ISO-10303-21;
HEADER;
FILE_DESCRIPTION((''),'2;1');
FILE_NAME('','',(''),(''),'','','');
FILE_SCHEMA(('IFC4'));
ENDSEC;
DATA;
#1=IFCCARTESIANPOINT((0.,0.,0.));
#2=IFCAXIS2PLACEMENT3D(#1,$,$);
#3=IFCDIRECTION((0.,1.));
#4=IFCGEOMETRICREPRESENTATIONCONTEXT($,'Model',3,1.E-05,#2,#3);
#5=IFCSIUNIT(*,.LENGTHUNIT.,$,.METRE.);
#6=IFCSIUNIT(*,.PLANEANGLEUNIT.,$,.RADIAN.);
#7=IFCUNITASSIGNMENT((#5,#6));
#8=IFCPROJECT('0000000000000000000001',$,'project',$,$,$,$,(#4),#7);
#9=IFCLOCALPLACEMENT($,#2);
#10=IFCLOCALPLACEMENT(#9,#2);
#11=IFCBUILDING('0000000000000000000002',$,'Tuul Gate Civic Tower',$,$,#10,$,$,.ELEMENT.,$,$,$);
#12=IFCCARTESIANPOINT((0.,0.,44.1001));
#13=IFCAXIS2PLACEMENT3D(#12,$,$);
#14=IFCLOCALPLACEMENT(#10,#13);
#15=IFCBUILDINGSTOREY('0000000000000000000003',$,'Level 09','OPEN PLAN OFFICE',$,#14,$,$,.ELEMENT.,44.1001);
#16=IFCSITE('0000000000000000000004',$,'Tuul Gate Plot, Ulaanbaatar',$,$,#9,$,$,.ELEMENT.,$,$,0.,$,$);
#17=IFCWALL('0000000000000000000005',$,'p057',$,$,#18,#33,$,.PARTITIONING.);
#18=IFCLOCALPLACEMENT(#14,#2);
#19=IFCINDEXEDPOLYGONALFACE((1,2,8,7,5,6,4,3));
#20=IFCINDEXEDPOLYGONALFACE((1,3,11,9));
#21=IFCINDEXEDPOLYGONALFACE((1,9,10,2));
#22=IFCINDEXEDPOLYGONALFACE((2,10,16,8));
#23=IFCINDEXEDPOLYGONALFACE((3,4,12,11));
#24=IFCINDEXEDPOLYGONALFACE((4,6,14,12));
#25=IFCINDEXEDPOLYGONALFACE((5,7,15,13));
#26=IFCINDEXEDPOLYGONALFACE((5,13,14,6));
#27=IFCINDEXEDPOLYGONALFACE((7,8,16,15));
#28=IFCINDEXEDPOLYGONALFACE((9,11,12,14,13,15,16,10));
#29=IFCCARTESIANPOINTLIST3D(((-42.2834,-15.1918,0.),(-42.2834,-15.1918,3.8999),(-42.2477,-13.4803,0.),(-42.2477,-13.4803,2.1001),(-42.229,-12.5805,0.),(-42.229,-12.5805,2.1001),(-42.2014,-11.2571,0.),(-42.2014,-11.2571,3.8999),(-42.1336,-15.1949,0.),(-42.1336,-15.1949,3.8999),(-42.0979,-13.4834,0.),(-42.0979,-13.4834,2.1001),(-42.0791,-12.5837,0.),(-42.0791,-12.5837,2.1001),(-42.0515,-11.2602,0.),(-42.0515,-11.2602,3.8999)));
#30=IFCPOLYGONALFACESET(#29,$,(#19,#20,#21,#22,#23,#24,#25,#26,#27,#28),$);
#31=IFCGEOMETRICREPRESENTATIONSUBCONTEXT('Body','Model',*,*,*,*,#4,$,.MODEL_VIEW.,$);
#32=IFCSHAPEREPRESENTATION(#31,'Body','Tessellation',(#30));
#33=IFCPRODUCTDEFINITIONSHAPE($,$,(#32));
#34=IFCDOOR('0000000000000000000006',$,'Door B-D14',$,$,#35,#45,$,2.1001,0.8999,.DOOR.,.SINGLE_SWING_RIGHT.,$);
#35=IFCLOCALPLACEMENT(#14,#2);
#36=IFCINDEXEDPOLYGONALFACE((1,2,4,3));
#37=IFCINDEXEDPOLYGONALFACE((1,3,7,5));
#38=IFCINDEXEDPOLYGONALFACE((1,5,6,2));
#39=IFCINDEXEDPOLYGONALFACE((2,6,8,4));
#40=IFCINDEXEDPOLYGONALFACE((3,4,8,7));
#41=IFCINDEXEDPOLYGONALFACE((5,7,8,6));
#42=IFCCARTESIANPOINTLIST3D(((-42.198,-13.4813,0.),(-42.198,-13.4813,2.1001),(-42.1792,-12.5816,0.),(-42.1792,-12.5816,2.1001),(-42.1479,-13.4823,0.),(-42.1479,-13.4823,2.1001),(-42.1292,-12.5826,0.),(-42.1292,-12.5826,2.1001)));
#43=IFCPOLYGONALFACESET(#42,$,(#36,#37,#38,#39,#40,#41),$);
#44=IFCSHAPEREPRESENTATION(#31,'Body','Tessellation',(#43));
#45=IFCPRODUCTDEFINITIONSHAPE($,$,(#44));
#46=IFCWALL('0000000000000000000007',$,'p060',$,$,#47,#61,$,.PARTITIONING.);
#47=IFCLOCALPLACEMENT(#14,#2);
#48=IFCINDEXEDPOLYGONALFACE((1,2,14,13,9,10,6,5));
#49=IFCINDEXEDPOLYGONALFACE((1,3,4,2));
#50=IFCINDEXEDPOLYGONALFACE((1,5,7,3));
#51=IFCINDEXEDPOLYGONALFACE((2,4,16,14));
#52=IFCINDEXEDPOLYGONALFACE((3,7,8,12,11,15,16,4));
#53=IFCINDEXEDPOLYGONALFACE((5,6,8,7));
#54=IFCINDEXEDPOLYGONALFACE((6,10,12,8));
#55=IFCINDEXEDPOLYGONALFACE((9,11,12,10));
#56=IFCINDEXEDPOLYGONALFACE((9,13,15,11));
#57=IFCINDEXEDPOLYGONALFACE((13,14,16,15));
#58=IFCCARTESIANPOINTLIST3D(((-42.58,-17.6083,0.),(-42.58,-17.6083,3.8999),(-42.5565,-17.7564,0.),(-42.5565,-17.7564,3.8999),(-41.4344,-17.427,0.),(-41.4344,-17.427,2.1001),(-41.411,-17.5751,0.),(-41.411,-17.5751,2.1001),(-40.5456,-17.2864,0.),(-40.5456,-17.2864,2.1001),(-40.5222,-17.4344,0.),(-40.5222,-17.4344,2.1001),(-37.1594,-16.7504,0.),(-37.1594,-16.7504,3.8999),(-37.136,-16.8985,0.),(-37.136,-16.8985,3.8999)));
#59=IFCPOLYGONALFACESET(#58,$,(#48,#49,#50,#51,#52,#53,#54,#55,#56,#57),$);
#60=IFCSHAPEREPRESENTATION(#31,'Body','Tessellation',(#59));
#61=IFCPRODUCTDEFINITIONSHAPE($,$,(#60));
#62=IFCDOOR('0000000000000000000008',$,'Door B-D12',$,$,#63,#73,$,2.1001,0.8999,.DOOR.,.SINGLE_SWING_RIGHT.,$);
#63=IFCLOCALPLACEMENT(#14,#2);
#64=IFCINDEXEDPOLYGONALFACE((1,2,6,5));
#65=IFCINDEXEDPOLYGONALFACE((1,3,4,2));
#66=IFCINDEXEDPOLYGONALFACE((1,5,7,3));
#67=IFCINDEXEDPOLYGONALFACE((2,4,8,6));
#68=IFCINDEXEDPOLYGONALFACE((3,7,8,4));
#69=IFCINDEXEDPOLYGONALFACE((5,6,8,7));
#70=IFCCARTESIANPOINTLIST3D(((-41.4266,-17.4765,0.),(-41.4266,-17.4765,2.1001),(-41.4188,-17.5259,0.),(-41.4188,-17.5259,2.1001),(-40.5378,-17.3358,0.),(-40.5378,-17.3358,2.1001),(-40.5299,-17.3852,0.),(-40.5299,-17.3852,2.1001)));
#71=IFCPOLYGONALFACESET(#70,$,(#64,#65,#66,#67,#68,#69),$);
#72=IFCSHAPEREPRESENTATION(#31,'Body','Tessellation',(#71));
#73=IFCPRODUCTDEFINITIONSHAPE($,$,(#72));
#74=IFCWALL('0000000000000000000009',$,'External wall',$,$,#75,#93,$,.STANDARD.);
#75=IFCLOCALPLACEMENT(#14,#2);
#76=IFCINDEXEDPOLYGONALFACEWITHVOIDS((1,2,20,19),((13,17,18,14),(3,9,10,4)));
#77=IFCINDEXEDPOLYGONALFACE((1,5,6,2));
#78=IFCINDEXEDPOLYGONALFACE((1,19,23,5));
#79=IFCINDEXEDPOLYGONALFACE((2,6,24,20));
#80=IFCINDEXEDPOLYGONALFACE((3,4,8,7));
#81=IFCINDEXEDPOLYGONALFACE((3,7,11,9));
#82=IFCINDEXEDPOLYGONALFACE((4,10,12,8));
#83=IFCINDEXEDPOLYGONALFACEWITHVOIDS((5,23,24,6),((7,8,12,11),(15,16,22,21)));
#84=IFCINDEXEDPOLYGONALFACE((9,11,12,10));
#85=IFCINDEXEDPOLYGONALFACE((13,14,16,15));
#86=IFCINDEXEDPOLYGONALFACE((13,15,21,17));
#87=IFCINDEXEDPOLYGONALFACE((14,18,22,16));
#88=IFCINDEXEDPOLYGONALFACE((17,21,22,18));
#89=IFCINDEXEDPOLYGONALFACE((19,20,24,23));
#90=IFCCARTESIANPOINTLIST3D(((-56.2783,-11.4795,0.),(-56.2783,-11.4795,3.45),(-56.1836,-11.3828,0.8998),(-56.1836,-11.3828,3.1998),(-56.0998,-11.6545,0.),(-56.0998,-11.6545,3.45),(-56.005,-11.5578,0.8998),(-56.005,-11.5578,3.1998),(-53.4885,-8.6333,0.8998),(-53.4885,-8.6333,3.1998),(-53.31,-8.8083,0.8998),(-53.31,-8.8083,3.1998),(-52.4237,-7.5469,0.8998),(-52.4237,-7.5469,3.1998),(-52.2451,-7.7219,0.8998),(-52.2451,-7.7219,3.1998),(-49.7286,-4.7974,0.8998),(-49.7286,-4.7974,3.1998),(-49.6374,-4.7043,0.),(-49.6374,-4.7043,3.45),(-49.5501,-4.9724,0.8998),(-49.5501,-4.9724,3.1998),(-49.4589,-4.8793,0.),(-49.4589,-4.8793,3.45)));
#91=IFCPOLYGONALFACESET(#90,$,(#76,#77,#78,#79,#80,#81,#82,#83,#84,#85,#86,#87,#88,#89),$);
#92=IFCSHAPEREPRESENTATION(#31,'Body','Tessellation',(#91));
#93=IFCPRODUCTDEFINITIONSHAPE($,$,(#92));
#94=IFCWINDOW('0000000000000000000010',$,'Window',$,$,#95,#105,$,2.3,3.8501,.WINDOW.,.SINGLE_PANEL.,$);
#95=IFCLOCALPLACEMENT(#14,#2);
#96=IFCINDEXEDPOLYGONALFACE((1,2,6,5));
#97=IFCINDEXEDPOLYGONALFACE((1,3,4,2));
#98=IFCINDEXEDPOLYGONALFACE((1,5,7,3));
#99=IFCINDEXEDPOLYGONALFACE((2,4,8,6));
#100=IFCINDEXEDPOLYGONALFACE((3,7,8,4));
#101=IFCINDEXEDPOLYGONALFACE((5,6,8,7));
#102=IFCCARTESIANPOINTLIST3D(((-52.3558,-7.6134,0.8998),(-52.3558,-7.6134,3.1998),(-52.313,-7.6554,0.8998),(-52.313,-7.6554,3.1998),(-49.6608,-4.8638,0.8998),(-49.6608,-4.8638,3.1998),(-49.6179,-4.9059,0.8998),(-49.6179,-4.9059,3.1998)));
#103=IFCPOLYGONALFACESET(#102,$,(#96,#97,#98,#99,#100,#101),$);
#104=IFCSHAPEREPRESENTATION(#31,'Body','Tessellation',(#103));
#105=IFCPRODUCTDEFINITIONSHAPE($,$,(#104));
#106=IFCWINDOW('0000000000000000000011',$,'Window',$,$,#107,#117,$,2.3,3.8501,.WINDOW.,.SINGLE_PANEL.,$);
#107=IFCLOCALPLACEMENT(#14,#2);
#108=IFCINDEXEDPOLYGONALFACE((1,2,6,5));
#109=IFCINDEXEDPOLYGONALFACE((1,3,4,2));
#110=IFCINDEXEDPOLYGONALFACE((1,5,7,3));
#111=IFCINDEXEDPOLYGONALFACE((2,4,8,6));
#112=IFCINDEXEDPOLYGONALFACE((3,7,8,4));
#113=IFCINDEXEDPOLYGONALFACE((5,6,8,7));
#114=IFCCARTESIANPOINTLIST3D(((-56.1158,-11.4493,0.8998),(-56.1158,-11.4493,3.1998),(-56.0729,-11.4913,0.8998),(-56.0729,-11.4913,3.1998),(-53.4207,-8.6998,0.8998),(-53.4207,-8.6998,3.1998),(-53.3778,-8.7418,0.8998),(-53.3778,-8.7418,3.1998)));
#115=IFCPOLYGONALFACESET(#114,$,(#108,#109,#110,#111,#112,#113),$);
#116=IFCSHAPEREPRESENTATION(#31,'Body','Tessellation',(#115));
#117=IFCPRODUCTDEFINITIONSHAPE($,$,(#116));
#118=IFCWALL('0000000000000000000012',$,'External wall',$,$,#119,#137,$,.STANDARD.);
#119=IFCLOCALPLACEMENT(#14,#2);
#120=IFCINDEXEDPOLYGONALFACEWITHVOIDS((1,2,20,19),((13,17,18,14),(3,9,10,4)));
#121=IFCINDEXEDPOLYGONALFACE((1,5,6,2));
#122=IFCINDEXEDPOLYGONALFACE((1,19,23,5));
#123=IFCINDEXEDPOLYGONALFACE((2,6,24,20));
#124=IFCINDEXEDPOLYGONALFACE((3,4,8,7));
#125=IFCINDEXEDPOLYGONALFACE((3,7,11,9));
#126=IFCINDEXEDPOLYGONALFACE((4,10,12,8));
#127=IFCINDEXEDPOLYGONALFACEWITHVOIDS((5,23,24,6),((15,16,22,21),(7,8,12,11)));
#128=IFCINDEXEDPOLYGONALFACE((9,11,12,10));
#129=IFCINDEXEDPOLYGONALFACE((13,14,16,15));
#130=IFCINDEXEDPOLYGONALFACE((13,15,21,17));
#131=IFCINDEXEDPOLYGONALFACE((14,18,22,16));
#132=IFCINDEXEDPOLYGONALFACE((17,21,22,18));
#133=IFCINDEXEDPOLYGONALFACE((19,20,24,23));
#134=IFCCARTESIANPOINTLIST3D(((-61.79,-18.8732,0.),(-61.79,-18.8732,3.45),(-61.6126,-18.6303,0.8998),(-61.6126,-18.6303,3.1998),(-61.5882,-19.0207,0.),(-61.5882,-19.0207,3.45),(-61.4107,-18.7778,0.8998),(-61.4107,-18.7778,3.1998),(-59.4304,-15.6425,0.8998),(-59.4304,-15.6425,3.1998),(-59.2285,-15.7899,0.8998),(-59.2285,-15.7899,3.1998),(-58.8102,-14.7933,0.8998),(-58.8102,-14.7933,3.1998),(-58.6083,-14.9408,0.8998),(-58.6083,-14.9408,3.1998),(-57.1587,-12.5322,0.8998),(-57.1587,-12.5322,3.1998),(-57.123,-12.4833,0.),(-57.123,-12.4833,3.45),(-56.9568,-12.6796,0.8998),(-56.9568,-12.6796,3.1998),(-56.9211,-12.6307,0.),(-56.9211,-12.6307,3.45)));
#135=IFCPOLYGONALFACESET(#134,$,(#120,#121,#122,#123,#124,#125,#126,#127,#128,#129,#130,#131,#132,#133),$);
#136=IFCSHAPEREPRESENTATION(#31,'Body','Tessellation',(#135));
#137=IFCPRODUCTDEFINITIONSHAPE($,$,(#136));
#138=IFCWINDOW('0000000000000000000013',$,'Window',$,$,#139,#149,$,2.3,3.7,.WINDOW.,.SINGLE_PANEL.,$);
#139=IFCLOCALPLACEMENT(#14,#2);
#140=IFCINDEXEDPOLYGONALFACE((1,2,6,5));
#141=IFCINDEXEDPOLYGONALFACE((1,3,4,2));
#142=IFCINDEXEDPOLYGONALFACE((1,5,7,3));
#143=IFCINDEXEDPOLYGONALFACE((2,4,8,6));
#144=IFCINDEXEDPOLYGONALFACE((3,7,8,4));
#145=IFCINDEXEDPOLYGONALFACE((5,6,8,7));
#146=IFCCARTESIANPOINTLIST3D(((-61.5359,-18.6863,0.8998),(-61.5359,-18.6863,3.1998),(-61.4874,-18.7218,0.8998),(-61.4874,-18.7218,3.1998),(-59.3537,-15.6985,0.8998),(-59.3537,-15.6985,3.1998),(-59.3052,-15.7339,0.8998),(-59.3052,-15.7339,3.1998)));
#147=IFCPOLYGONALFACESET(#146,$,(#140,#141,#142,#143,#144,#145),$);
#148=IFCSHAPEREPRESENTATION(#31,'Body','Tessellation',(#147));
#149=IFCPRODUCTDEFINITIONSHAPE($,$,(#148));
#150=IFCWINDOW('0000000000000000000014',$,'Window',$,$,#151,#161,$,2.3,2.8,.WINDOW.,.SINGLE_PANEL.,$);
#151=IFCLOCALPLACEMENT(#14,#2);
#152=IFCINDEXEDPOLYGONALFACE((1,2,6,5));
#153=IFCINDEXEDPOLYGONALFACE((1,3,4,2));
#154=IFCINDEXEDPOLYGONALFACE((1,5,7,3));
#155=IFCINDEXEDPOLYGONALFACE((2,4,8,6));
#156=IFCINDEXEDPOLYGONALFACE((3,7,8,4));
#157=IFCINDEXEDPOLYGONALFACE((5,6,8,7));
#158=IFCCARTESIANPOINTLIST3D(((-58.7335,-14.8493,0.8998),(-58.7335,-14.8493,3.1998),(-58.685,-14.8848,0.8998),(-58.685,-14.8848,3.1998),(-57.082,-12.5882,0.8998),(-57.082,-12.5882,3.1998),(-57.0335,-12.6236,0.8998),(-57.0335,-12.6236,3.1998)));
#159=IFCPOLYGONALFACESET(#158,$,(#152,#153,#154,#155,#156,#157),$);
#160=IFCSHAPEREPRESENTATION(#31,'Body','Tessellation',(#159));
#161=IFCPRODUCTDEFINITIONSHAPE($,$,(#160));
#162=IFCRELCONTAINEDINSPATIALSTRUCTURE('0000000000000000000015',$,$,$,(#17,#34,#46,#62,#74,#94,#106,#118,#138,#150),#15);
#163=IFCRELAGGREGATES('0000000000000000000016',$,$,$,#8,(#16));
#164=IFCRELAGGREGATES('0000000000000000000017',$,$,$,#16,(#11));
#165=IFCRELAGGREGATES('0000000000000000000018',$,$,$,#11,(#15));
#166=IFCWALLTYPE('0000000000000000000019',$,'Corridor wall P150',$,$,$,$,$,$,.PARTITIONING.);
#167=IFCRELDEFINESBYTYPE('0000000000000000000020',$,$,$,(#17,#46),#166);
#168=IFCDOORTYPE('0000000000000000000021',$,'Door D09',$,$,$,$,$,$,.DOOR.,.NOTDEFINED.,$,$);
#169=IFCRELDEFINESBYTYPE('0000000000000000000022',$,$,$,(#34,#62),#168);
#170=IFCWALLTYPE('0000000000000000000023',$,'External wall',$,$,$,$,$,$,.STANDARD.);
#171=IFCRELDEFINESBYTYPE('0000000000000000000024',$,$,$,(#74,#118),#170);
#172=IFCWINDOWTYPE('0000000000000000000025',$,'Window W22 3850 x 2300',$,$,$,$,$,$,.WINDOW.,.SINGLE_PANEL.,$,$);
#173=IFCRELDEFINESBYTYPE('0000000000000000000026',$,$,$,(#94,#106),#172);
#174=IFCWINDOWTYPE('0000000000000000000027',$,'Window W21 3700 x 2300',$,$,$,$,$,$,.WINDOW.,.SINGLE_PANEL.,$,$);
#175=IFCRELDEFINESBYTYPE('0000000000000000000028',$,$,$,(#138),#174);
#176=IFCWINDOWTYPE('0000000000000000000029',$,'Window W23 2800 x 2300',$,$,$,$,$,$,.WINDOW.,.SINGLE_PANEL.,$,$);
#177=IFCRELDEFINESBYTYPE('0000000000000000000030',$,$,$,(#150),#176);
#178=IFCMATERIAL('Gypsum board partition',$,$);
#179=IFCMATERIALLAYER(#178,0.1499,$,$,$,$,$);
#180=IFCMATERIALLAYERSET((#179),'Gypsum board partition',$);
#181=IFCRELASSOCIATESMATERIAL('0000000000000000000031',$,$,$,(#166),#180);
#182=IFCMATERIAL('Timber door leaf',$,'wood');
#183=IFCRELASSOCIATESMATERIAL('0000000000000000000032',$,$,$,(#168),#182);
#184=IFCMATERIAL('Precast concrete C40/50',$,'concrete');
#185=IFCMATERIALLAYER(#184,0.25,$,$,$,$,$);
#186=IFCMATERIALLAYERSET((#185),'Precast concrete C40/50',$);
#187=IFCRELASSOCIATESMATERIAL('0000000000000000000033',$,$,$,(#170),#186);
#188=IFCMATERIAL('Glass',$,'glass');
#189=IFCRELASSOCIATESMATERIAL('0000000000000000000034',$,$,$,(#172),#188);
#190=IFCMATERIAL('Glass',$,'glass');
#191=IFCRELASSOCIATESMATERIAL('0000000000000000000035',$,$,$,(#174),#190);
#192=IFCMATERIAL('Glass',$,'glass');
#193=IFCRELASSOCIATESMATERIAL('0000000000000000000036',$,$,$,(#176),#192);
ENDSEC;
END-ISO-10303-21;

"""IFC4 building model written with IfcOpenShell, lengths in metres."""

from ifc_helpers import new_model, si_unit, direction, frame, frame_2d, origin, place, context, subcontext, project, spatial, rectangle, extrude, material, layer, layer_set, type_object, element, fill, save


model = new_model("IFC4")

# Units and contexts
model_context = context("Model", 3, precision=1e-05, world=origin(), true_north=direction((0.0, 1.0)))
body_context = subcontext(model_context, "Body", "Model", "MODEL_VIEW")
ifc_project = project(units=[si_unit("LENGTHUNIT", "METRE"), si_unit("PLANEANGLEUNIT", "RADIAN")], contexts=[model_context])

# Site, building, storey
site_placement = place(None, origin())
site = spatial("IfcSite", under=ifc_project, at=site_placement, Name="Tuul Gate Plot, Ulaanbaatar", CompositionType="ELEMENT", RefElevation=0.0)
building_placement = place(site_placement, origin())
building = spatial("IfcBuilding", under=site, at=building_placement, Name="Tuul Gate Civic Tower", CompositionType="ELEMENT")
storey_placement = place(building_placement, frame((0.0, 0.0, 44.1001)))
storey = spatial("IfcBuildingStorey", under=building, at=storey_placement, Name="Level 09", Description="OPEN PLAN OFFICE", CompositionType="ELEMENT", Elevation=44.1001)

# Shared definitions
ifc_material_1 = material(Name="Gypsum board partition")
ifc_layer_1 = layer(ifc_material_1, 0.1499)
ifc_layer_set_1 = layer_set([ifc_layer_1], Name="Gypsum board partition")
wall_type_1 = type_object("IfcWallType", Name="Corridor wall P150", PredefinedType="PARTITIONING", material=ifc_layer_set_1)

# Walls, openings, doors
wall_1_placement = place(storey_placement, frame((-42.2085, -15.1934, 0.0), z_axis=(0.0, 0.0, 1.0), x_axis=(0.020844, 0.999783, 0.0)))
wall_1 = element("IfcWall", 1, at=wall_1_placement, inside=storey, type_object=wall_type_1, Name="p057", PredefinedType="PARTITIONING", context=body_context, shape_type="SweptSolid", body=[
    extrude(rectangle(XDim=3.9355, YDim=0.1499, at=frame_2d((1.9678, 0.0))), origin(), (0.0, 0.0, 1.0), 3.8999),
])
opening_1_placement = place(wall_1_placement, frame((1.7119, 0.0, 0.0)))
opening_1 = element("IfcOpeningElement", 2, at=opening_1_placement, cuts=wall_1, PredefinedType="OPENING", context=body_context, shape_type="SweptSolid", body=[
    extrude(rectangle(XDim=0.8999, YDim=2.1001, at=frame_2d((0.45, 1.05))), frame((0.0, 0.085, 0.0), z_axis=(0.0, -1.0, 0.0), x_axis=(1.0, 0.0, 0.0)), (0.0, 0.0, 1.0), 0.1699),
])
ifc_material_2 = material(Name="Timber door leaf", Category="wood")
door_type_1 = type_object("IfcDoorType", Name="Door D09", OperationType="NOTDEFINED", PredefinedType="DOOR", material=ifc_material_2)
door_1_placement = place(opening_1_placement, frame((0.8999, 0.0, 0.0), z_axis=(0.0, 0.0, 1.0), x_axis=(-1.0, 0.0, 0.0)))
door_1 = element("IfcDoor", 3, at=door_1_placement, inside=storey, type_object=door_type_1, Name="Door B-D14", OperationType="SINGLE_SWING_RIGHT", OverallHeight=2.1001, OverallWidth=0.8999, PredefinedType="DOOR", context=body_context, shape_type="SweptSolid", body=[
    extrude(rectangle(XDim=0.8999, YDim=2.1001, at=frame_2d((0.45, 1.05))), frame((0.0, 0.0249, 0.0), z_axis=(0.0, -1.0, 0.0), x_axis=(1.0, 0.0, 0.0)), (0.0, 0.0, 1.0), 0.05),
])
fill(opening_1, door_1)
wall_2_placement = place(storey_placement, frame((-42.5684, -17.6824, 0.0), z_axis=(0.0, 0.0, 1.0), x_axis=(0.987706, 0.156321, 0.0)))
wall_2 = element("IfcWall", 4, at=wall_2_placement, inside=storey, type_object=wall_type_1, Name="p060", PredefinedType="PARTITIONING", context=body_context, shape_type="SweptSolid", body=[
    extrude(rectangle(XDim=5.488, YDim=0.1499, at=frame_2d((2.7441, 0.0))), origin(), (0.0, 0.0, 1.0), 3.8999),
])
opening_2_placement = place(wall_2_placement, frame((1.1599, 0.0, 0.0)))
opening_2 = element("IfcOpeningElement", 5, at=opening_2_placement, cuts=wall_2, PredefinedType="OPENING", context=body_context, shape_type="SweptSolid", body=[
    extrude(rectangle(XDim=0.8999, YDim=2.1001, at=frame_2d((0.45, 1.05))), frame((0.0, 0.085, 0.0), z_axis=(0.0, -1.0, 0.0), x_axis=(1.0, 0.0, 0.0)), (0.0, 0.0, 1.0), 0.1699),
])
door_2_placement = place(opening_2_placement, origin())
door_2 = element("IfcDoor", 6, at=door_2_placement, inside=storey, type_object=door_type_1, Name="Door B-D12", OperationType="SINGLE_SWING_RIGHT", OverallHeight=2.1001, OverallWidth=0.8999, PredefinedType="DOOR", context=body_context, shape_type="SweptSolid", body=[
    extrude(rectangle(XDim=0.8999, YDim=2.1001, at=frame_2d((0.45, 1.05))), frame((0.0, 0.0249, 0.0), z_axis=(0.0, -1.0, 0.0), x_axis=(1.0, 0.0, 0.0)), (0.0, 0.0, 1.0), 0.05),
])
fill(opening_2, door_2)

# Walls, openings, windows
ifc_material_3 = material(Name="Precast concrete C40/50", Category="concrete")
ifc_layer_2 = layer(ifc_material_3, 0.25)
ifc_layer_set_2 = layer_set([ifc_layer_2], Name="Precast concrete C40/50")
wall_type_2 = type_object("IfcWallType", Name="External wall", PredefinedType="STANDARD", material=ifc_layer_set_2)
wall_3_placement = place(storey_placement, frame((-49.5481, -4.7917, 0.0), z_axis=(0.0, 0.0, 1.0), x_axis=(-0.699994, -0.714148, 0.0)))
wall_3 = element("IfcWall", 7, at=wall_3_placement, inside=storey, type_object=wall_type_2, Name="External wall", PredefinedType="STANDARD", context=body_context, shape_type="SweptSolid", body=[
    extrude(rectangle(XDim=9.4871, YDim=0.25, at=frame_2d((4.7437, 0.0))), origin(), (0.0, 0.0, 1.0), 3.45),
])
opening_3_placement = place(wall_3_placement, frame((0.1304, 0.0, 0.8999)))
opening_3 = element("IfcOpeningElement", 8, at=opening_3_placement, cuts=wall_3, PredefinedType="OPENING", context=body_context, shape_type="SweptSolid", body=[
    extrude(rectangle(XDim=3.8501, YDim=2.3, at=frame_2d((1.925, 1.1499))), frame((0.0, 0.135, 0.0), z_axis=(0.0, -1.0, 0.0), x_axis=(1.0, 0.0, 0.0)), (0.0, 0.0, 1.0), 0.27),
])
opening_4_placement = place(wall_3_placement, frame((5.5017, 0.0, 0.8999)))
opening_4 = element("IfcOpeningElement", 9, at=opening_4_placement, cuts=wall_3, PredefinedType="OPENING", context=body_context, shape_type="SweptSolid", body=[
    extrude(rectangle(XDim=3.8501, YDim=2.3, at=frame_2d((1.925, 1.1499))), frame((0.0, 0.135, 0.0), z_axis=(0.0, -1.0, 0.0), x_axis=(1.0, 0.0, 0.0)), (0.0, 0.0, 1.0), 0.27),
])
ifc_material_4 = material(Name="Glass", Category="glass")
window_type_1 = type_object("IfcWindowType", Name="Window W22 3850 x 2300", PartitioningType="SINGLE_PANEL", PredefinedType="WINDOW", material=ifc_material_4)
window_1_placement = place(opening_3_placement, origin())
window_1 = element("IfcWindow", 10, at=window_1_placement, inside=storey, type_object=window_type_1, Name="Window", OverallHeight=2.3, OverallWidth=3.8501, PartitioningType="SINGLE_PANEL", PredefinedType="WINDOW", context=body_context, shape_type="SweptSolid", body=[
    extrude(rectangle(XDim=3.8501, YDim=2.3, at=frame_2d((1.925, 1.1499))), frame((0.0, 0.03, 0.0), z_axis=(0.0, -1.0, 0.0), x_axis=(1.0, 0.0, 0.0)), (0.0, 0.0, 1.0), 0.0601),
])
fill(opening_3, window_1)
window_2_placement = place(opening_4_placement, origin())
window_2 = element("IfcWindow", 11, at=window_2_placement, inside=storey, type_object=window_type_1, Name="Window", OverallHeight=2.3, OverallWidth=3.8501, PartitioningType="SINGLE_PANEL", PredefinedType="WINDOW", context=body_context, shape_type="SweptSolid", body=[
    extrude(rectangle(XDim=3.8501, YDim=2.3, at=frame_2d((1.925, 1.1499))), frame((0.0, 0.03, 0.0), z_axis=(0.0, -1.0, 0.0), x_axis=(1.0, 0.0, 0.0)), (0.0, 0.0, 1.0), 0.0601),
])
fill(opening_4, window_2)
wall_4_placement = place(storey_placement, frame((-57.022, -12.5569, 0.0), z_axis=(0.0, 0.0, 1.0), x_axis=(-0.589807, -0.807544, 0.0)))
wall_4 = element("IfcWall", 12, at=wall_4_placement, inside=storey, type_object=wall_type_2, Name="External wall", PredefinedType="STANDARD", context=body_context, shape_type="SweptSolid", body=[
    extrude(rectangle(XDim=7.9128, YDim=0.25, at=frame_2d((3.9565, 0.0))), origin(), (0.0, 0.0, 1.0), 3.45),
])
opening_5_placement = place(wall_4_placement, frame((0.0608, 0.0, 0.8999)))
opening_5 = element("IfcOpeningElement", 13, at=opening_5_placement, cuts=wall_4, PredefinedType="OPENING", context=body_context, shape_type="SweptSolid", body=[
    extrude(rectangle(XDim=2.8, YDim=2.3, at=frame_2d((1.3999, 1.1499))), frame((0.0, 0.135, 0.0), z_axis=(0.0, -1.0, 0.0), x_axis=(1.0, 0.0, 0.0)), (0.0, 0.0, 1.0), 0.27),
])
opening_6_placement = place(wall_4_placement, frame((3.9121, 0.0, 0.8999)))
opening_6 = element("IfcOpeningElement", 14, at=opening_6_placement, cuts=wall_4, PredefinedType="OPENING", context=body_context, shape_type="SweptSolid", body=[
    extrude(rectangle(XDim=3.7, YDim=2.3, at=frame_2d((1.8501, 1.1499))), frame((0.0, 0.135, 0.0), z_axis=(0.0, -1.0, 0.0), x_axis=(1.0, 0.0, 0.0)), (0.0, 0.0, 1.0), 0.27),
])
ifc_material_5 = material(Name="Glass", Category="glass")
window_type_2 = type_object("IfcWindowType", Name="Window W21 3700 x 2300", PartitioningType="SINGLE_PANEL", PredefinedType="WINDOW", material=ifc_material_5)
window_3_placement = place(opening_6_placement, origin())
window_3 = element("IfcWindow", 15, at=window_3_placement, inside=storey, type_object=window_type_2, Name="Window", OverallHeight=2.3, OverallWidth=3.7, PartitioningType="SINGLE_PANEL", PredefinedType="WINDOW", context=body_context, shape_type="SweptSolid", body=[
    extrude(rectangle(XDim=3.7, YDim=2.3, at=frame_2d((1.8501, 1.1499))), frame((0.0, 0.03, 0.0), z_axis=(0.0, -1.0, 0.0), x_axis=(1.0, 0.0, 0.0)), (0.0, 0.0, 1.0), 0.0601),
])
fill(opening_6, window_3)
ifc_material_6 = material(Name="Glass", Category="glass")
window_type_3 = type_object("IfcWindowType", Name="Window W23 2800 x 2300", PartitioningType="SINGLE_PANEL", PredefinedType="WINDOW", material=ifc_material_6)
window_4_placement = place(opening_5_placement, origin())
window_4 = element("IfcWindow", 16, at=window_4_placement, inside=storey, type_object=window_type_3, Name="Window", OverallHeight=2.3, OverallWidth=2.8, PartitioningType="SINGLE_PANEL", PredefinedType="WINDOW", context=body_context, shape_type="SweptSolid", body=[
    extrude(rectangle(XDim=2.8, YDim=2.3, at=frame_2d((1.3999, 1.1499))), frame((0.0, 0.03, 0.0), z_axis=(0.0, -1.0, 0.0), x_axis=(1.0, 0.0, 0.0)), (0.0, 0.0, 1.0), 0.0601),
])
fill(opening_5, window_4)

save(model, "model.ifc")
